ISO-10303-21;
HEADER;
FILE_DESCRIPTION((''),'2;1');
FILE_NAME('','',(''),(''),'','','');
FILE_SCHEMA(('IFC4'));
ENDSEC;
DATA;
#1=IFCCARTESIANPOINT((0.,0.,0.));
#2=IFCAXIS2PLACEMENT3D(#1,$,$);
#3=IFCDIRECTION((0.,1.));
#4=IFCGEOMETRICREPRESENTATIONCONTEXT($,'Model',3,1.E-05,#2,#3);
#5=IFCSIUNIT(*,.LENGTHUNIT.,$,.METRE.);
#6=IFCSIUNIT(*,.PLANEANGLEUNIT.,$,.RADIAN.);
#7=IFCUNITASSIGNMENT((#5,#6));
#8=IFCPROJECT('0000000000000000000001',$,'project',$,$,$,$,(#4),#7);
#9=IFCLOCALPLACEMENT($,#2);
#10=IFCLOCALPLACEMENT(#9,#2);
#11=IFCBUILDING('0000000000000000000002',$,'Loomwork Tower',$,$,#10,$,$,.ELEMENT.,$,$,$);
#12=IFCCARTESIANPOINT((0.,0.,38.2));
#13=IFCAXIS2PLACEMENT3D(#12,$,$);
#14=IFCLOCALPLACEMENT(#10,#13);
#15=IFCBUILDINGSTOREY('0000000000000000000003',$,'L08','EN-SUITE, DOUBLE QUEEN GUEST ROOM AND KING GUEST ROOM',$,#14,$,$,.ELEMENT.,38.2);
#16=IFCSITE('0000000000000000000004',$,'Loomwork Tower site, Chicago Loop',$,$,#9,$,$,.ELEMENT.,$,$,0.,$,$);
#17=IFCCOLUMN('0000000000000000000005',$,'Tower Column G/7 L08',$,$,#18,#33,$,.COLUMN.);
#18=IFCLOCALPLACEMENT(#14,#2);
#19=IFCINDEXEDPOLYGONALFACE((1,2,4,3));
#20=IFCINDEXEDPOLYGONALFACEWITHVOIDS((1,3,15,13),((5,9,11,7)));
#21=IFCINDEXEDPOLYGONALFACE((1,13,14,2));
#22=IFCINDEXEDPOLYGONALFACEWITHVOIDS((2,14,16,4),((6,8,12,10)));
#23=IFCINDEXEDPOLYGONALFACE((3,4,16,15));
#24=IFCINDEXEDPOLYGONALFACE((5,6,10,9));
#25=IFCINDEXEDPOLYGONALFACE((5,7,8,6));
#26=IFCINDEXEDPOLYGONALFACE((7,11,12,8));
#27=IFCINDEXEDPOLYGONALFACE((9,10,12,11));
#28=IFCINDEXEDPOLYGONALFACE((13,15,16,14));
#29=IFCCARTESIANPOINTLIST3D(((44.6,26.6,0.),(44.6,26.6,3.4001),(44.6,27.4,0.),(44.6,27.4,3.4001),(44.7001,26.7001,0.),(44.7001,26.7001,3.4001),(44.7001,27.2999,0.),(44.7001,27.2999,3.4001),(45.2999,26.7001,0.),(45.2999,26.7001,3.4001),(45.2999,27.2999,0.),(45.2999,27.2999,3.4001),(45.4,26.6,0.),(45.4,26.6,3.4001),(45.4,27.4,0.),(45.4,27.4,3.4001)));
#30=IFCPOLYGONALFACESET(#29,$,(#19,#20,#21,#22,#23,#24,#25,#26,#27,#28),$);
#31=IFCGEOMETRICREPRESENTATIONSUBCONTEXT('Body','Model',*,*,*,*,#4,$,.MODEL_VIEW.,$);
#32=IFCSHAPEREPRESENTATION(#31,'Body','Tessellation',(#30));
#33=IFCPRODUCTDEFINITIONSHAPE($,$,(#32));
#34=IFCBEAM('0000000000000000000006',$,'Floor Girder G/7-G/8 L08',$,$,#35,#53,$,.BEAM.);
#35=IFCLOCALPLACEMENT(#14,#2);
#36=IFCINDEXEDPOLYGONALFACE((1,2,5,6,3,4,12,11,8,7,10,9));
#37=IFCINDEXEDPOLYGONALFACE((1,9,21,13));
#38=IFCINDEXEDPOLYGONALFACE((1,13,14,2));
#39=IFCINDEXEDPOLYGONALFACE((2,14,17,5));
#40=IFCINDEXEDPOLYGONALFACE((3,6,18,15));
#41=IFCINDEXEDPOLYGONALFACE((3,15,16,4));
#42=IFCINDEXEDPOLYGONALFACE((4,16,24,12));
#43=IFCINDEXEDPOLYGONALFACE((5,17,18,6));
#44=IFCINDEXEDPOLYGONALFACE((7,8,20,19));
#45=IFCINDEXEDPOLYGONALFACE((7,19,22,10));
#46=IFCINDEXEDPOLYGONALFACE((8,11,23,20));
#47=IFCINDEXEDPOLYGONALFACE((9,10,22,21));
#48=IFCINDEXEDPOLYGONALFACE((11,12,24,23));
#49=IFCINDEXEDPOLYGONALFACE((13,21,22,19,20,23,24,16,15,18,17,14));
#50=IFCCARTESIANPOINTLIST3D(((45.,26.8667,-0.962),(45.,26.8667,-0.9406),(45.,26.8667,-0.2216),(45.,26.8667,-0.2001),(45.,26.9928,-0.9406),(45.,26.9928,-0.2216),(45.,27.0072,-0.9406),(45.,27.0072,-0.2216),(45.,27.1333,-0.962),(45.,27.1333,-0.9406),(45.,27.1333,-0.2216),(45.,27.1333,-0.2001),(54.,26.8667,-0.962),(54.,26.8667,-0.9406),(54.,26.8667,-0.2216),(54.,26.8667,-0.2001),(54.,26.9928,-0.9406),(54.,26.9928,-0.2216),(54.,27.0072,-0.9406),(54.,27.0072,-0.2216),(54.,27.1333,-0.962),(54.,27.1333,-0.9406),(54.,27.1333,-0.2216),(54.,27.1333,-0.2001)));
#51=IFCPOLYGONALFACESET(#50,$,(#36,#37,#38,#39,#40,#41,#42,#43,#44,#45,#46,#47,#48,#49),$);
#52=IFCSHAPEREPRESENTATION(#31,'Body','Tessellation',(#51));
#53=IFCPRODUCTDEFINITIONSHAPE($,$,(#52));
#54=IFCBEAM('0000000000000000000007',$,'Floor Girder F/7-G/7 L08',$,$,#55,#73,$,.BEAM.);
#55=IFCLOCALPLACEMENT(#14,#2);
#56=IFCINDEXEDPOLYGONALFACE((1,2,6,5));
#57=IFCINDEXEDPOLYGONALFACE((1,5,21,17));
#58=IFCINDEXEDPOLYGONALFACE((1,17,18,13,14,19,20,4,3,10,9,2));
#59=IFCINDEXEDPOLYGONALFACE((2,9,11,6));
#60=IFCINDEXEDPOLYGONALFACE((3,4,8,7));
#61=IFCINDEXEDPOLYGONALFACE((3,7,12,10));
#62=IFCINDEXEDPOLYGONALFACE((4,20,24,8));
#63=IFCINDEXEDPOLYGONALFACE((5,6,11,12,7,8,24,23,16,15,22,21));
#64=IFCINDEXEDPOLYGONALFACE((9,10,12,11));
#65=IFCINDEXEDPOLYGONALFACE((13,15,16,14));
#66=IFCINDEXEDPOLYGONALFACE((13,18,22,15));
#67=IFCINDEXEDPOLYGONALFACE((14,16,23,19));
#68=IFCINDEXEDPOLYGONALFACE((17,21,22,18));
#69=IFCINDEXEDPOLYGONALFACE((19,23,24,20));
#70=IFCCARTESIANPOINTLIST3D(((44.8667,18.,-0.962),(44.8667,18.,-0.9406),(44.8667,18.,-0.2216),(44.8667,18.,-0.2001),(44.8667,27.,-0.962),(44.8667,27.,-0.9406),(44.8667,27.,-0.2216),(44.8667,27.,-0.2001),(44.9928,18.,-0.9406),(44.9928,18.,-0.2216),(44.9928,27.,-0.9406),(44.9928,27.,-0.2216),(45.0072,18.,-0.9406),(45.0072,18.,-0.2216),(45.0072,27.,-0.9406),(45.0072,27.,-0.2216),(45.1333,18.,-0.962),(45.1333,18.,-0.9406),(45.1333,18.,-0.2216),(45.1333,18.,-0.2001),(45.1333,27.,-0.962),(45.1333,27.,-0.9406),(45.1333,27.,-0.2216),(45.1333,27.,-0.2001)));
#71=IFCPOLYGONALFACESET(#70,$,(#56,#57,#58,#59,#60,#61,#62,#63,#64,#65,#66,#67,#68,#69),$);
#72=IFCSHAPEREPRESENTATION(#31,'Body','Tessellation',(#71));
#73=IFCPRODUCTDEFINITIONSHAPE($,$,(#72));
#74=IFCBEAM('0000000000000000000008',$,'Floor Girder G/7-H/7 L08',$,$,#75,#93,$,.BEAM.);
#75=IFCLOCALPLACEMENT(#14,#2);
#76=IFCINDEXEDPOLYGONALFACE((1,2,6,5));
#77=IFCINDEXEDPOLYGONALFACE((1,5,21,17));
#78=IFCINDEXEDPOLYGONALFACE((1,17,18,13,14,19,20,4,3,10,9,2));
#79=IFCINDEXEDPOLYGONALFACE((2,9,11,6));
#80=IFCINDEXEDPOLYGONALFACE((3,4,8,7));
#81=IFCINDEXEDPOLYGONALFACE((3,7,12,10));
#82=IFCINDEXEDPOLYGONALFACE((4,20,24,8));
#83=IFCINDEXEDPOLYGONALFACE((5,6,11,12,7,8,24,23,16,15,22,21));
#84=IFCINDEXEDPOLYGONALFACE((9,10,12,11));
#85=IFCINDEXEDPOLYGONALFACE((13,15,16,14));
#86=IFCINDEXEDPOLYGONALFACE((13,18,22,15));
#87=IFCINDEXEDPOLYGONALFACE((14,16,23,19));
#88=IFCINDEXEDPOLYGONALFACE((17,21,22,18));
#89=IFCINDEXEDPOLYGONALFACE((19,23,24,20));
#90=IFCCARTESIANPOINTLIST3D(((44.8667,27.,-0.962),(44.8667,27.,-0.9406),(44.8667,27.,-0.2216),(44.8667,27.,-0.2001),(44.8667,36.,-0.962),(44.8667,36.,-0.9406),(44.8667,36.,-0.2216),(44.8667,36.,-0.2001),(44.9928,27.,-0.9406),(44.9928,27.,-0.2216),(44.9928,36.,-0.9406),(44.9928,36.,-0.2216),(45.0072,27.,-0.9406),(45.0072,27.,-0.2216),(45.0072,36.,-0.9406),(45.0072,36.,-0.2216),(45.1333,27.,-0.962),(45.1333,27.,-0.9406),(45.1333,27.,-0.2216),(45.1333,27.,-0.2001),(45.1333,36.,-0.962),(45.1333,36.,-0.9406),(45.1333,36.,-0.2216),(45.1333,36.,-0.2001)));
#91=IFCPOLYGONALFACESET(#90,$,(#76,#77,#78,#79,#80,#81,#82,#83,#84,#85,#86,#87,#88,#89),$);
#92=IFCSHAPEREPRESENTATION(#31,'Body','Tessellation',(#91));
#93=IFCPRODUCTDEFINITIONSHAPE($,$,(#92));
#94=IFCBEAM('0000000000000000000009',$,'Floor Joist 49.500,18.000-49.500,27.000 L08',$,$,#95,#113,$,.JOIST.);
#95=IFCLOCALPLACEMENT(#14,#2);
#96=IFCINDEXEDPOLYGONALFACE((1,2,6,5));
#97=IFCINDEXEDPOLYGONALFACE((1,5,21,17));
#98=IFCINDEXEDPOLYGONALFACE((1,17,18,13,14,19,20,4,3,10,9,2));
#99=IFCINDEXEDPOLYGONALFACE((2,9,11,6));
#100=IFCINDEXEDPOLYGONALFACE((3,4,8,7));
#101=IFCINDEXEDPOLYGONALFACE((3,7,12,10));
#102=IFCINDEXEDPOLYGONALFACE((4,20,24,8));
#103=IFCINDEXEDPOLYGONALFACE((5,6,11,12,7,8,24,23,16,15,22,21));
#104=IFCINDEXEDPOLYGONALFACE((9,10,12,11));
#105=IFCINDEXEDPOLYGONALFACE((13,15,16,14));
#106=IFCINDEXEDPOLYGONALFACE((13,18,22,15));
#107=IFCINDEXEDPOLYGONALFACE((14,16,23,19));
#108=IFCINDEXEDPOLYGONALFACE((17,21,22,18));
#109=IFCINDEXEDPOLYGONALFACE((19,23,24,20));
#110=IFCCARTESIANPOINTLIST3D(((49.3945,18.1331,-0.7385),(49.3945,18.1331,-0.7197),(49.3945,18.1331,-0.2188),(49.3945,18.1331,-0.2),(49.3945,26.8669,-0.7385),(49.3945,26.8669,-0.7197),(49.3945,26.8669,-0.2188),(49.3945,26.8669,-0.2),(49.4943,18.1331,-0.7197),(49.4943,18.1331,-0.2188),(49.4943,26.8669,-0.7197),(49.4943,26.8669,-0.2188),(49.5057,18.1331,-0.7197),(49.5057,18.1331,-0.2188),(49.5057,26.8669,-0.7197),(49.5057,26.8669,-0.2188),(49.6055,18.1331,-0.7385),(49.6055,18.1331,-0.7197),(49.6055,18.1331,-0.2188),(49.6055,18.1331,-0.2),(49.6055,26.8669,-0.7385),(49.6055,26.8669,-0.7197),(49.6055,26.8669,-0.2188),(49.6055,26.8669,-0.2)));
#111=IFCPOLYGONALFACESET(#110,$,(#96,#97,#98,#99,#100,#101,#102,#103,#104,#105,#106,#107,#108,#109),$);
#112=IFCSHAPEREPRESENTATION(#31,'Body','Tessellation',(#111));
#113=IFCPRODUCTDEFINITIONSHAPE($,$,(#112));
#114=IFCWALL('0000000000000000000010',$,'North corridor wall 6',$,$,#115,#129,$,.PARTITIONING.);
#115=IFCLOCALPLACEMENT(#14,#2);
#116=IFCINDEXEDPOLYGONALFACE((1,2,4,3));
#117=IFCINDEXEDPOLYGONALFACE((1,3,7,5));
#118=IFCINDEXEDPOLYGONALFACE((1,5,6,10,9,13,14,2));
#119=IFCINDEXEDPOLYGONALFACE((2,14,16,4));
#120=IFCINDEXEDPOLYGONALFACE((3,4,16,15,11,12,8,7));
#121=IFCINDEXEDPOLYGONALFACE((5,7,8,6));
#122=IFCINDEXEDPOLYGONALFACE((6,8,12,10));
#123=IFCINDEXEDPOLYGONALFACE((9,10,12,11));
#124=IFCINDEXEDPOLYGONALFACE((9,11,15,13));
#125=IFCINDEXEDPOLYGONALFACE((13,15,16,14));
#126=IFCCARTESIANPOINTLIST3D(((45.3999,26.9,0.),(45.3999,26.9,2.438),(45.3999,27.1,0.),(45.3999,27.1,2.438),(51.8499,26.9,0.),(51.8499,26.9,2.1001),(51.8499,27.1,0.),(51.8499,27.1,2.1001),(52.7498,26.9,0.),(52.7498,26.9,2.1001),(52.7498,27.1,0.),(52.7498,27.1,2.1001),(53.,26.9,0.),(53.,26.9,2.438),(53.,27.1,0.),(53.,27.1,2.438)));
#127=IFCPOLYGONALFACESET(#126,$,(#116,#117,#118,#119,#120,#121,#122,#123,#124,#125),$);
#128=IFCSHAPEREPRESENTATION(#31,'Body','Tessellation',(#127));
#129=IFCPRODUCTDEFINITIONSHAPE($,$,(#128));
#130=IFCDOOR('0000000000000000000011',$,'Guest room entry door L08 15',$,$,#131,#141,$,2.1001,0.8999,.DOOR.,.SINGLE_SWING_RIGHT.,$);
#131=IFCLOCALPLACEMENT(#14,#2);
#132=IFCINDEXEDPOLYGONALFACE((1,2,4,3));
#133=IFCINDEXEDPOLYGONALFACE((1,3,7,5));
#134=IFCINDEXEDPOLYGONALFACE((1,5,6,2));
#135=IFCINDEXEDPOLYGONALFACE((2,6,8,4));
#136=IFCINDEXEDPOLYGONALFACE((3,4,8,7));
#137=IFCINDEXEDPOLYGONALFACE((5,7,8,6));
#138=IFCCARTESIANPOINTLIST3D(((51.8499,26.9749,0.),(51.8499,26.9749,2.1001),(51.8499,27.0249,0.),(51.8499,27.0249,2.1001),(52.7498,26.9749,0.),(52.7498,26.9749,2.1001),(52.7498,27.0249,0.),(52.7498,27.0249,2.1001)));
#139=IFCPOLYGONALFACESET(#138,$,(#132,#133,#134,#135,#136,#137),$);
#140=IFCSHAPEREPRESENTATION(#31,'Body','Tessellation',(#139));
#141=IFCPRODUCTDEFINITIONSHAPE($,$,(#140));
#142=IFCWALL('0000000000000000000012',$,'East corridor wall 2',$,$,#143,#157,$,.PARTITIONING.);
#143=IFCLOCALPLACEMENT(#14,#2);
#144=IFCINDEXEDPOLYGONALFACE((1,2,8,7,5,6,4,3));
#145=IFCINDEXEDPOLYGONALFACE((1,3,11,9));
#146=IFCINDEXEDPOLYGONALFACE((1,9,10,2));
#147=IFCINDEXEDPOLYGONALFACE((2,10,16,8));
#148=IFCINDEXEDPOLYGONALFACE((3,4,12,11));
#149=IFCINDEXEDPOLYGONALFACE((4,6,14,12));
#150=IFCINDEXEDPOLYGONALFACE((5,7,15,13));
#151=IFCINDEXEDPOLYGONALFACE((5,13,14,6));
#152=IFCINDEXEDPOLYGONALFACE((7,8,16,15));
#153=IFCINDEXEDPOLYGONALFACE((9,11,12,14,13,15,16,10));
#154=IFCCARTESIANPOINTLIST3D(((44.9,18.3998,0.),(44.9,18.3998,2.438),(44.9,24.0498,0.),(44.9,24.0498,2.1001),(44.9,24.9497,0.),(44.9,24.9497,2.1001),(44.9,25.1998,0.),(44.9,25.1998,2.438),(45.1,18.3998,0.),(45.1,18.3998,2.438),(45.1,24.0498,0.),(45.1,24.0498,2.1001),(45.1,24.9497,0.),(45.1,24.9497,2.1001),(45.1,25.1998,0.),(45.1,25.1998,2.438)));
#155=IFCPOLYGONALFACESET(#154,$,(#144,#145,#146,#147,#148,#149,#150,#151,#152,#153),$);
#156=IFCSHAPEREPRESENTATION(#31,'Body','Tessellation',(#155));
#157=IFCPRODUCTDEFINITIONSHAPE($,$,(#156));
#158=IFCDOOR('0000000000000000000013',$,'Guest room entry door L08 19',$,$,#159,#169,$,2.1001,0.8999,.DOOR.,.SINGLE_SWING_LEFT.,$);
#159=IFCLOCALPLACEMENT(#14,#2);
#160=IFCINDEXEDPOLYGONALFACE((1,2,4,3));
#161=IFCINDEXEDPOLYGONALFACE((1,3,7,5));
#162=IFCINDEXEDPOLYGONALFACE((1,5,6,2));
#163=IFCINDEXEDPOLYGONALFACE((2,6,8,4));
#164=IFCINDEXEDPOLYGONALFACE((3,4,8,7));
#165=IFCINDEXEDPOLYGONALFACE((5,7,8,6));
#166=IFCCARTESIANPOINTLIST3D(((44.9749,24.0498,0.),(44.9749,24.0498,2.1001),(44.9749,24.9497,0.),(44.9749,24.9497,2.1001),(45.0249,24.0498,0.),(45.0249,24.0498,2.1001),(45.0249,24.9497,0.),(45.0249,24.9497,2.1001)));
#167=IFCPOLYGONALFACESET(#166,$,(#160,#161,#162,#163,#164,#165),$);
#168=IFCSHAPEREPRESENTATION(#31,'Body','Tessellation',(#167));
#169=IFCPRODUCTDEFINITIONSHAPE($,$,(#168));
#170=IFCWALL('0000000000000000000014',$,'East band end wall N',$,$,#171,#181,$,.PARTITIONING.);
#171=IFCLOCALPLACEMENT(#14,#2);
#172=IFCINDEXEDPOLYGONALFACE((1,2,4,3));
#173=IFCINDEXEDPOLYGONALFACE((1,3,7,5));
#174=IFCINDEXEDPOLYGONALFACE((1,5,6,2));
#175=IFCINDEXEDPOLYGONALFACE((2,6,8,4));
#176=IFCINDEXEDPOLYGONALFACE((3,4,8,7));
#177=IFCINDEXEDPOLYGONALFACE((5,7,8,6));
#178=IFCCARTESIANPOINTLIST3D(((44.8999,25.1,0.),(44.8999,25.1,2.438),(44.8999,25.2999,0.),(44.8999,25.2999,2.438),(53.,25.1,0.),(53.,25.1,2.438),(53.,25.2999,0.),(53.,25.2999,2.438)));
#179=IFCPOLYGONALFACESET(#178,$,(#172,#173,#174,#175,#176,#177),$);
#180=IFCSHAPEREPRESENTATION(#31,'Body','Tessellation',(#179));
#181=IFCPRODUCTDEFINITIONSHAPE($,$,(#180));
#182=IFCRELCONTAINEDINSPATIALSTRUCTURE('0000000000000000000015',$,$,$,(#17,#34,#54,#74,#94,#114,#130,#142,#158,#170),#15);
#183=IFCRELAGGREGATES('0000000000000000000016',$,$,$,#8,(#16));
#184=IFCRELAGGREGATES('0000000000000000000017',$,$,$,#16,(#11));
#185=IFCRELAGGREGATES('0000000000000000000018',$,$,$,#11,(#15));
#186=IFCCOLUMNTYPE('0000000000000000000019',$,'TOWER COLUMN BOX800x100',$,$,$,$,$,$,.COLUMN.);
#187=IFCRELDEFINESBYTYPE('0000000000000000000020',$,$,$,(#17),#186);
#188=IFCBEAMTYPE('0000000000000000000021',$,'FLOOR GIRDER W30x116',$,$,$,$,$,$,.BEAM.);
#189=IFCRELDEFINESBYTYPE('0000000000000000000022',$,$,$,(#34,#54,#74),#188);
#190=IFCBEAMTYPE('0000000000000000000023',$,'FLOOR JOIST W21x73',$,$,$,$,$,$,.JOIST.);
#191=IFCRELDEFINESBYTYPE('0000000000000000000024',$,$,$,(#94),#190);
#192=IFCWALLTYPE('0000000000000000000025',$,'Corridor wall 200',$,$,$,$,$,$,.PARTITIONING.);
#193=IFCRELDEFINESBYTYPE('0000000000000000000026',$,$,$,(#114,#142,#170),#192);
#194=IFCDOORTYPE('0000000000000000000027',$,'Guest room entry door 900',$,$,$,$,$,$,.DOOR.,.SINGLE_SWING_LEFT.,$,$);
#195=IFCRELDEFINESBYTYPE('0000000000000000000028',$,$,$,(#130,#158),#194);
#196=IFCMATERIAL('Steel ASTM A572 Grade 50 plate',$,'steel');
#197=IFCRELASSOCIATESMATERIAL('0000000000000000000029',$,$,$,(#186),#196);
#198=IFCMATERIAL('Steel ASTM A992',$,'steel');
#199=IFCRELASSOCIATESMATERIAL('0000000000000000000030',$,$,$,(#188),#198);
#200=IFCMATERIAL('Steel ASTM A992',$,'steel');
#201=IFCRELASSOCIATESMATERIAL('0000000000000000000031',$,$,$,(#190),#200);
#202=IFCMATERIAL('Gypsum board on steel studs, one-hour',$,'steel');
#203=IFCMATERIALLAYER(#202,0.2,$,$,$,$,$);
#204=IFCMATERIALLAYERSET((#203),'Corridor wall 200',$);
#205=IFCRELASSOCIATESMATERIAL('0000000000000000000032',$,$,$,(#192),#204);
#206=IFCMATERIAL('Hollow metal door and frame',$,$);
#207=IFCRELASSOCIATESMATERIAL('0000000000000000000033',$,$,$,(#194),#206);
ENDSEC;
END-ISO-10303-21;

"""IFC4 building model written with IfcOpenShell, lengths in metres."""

from ifc_helpers import new_model, si_unit, direction, frame, frame_2d, origin, origin_2d, place, context, subcontext, project, spatial, rectangle, hollow_rectangle, i_section, extrude, material, layer, layer_set, material_profile, profile_set, type_object, element, fill, save


model = new_model("IFC4")

# Units and contexts
model_context = context("Model", 3, precision=1e-05, world=origin(), true_north=direction((0.0, 1.0)))
body_context = subcontext(model_context, "Body", "Model", "MODEL_VIEW")
ifc_project = project(units=[si_unit("LENGTHUNIT", "METRE"), si_unit("PLANEANGLEUNIT", "RADIAN")], contexts=[model_context])

# Site, building, storey
site_placement = place(None, origin())
site = spatial("IfcSite", under=ifc_project, at=site_placement, Name="Loomwork Tower site, Chicago Loop", CompositionType="ELEMENT", RefElevation=0.0)
building_placement = place(site_placement, origin())
building = spatial("IfcBuilding", under=site, at=building_placement, Name="Loomwork Tower", CompositionType="ELEMENT")
storey_placement = place(building_placement, frame((0.0, 0.0, 38.2)))
storey = spatial("IfcBuildingStorey", under=building, at=storey_placement, Name="L08", Description="EN-SUITE, DOUBLE QUEEN GUEST ROOM AND KING GUEST ROOM", CompositionType="ELEMENT", Elevation=38.2)

# Column
ifc_material_1 = material(Name="Steel ASTM A572 Grade 50 plate", Category="steel")
ifc_material_profile_1 = material_profile(ifc_material_1, hollow_rectangle(XDim=0.8, YDim=0.8, WallThickness=0.1001, at=origin_2d()), Name="BOX800x100")
ifc_profile_set_1 = profile_set([ifc_material_profile_1], Name="Steel ASTM A572 Grade 50 plate")
column_type = type_object("IfcColumnType", Name="TOWER COLUMN BOX800x100", PredefinedType="COLUMN", material=ifc_profile_set_1)
column_placement = place(storey_placement, frame((45.0, 27.0, 0.0), z_axis=(0.0, 0.0, 1.0), x_axis=(0.0, 1.0, 0.0)))
element("IfcColumn", 1, at=column_placement, inside=storey, type_object=column_type, Name="Tower Column G/7 L08", PredefinedType="COLUMN", context=body_context, shape_type="SweptSolid", body=[
    extrude(hollow_rectangle(XDim=0.8, YDim=0.8, WallThickness=0.1001, at=origin_2d()), origin(), (0.0, 0.0, 1.0), 3.4001),
])

# Beams
ifc_material_2 = material(Name="Steel ASTM A992", Category="steel")
ifc_material_profile_2 = material_profile(ifc_material_2, i_section(OverallWidth=0.2666, OverallDepth=0.762, WebThickness=0.0144, FlangeThickness=0.0215, at=origin_2d()), Name="W30x116")
ifc_profile_set_2 = profile_set([ifc_material_profile_2], Name="Steel ASTM A992")
beam_type_1 = type_object("IfcBeamType", Name="FLOOR GIRDER W30x116", PredefinedType="BEAM", material=ifc_profile_set_2)
for number, where, z_axis, x_axis, name in (
    (2, (45.0, 27.0, -0.5811), (1.0, 0.0, 0.0), (0.0, 1.0, 0.0), "Floor Girder G/7-G/8 L08"),
    (3, (45.0, 18.0, -0.5811), (0.0, 1.0, 0.0), (-1.0, 0.0, 0.0), "Floor Girder F/7-G/7 L08"),
    (4, (45.0, 27.0, -0.5811), (0.0, 1.0, 0.0), (-1.0, 0.0, 0.0), "Floor Girder G/7-H/7 L08"),
):
    element("IfcBeam", number, at=place(storey_placement, frame(where, z_axis=z_axis, x_axis=x_axis)), inside=storey, type_object=beam_type_1, Name=name, PredefinedType="BEAM", context=body_context, shape_type="SweptSolid", body=[
        extrude(i_section(OverallWidth=0.2666, OverallDepth=0.762, WebThickness=0.0144, FlangeThickness=0.0215, at=origin_2d()), origin(), (0.0, 0.0, 1.0), 9.0),
    ])
ifc_material_3 = material(Name="Steel ASTM A992", Category="steel")
ifc_material_profile_3 = material_profile(ifc_material_3, i_section(OverallWidth=0.2109, OverallDepth=0.5386, WebThickness=0.0115, FlangeThickness=0.0188, at=origin_2d()), Name="W21x73")
ifc_profile_set_3 = profile_set([ifc_material_profile_3], Name="Steel ASTM A992")
beam_type_2 = type_object("IfcBeamType", Name="FLOOR JOIST W21x73", PredefinedType="JOIST", material=ifc_profile_set_3)
beam_placement = place(storey_placement, frame((49.5, 18.1331, -0.4692), z_axis=(0.0, 1.0, 0.0), x_axis=(-1.0, 0.0, 0.0)))
element("IfcBeam", 5, at=beam_placement, inside=storey, type_object=beam_type_2, Name="Floor Joist 49.500,18.000-49.500,27.000 L08", PredefinedType="JOIST", context=body_context, shape_type="SweptSolid", body=[
    extrude(i_section(OverallWidth=0.2109, OverallDepth=0.5386, WebThickness=0.0115, FlangeThickness=0.0188, at=origin_2d()), origin(), (0.0, 0.0, 1.0), 8.7339),
])

# Walls, openings, doors
ifc_material_4 = material(Name="Gypsum board on steel studs, one-hour", Category="steel")
ifc_layer_1 = layer(ifc_material_4, 0.2)
ifc_layer_set_1 = layer_set([ifc_layer_1], Name="Corridor wall 200")
wall_type_1 = type_object("IfcWallType", Name="Corridor wall 200", PredefinedType="PARTITIONING", material=ifc_layer_set_1)
wall_1_placement = place(storey_placement, frame((45.3999, 27.0, 0.0), z_axis=(0.0, 0.0, 1.0), x_axis=(1.0, 0.0, 0.0)))
wall_1 = element("IfcWall", 6, at=wall_1_placement, inside=storey, type_object=wall_type_1, Name="North corridor wall 6", PredefinedType="PARTITIONING", context=body_context, shape_type="SweptSolid", body=[
    extrude(rectangle(XDim=7.6001, YDim=0.2, at=frame_2d((3.8, 0.0))), origin(), (0.0, 0.0, 1.0), 2.438),
])
opening_1_placement = place(wall_1_placement, frame((6.45, 0.0, 0.0)))
opening_1 = element("IfcOpeningElement", 7, at=opening_1_placement, cuts=wall_1, PredefinedType="OPENING", context=body_context, shape_type="SweptSolid", body=[
    extrude(rectangle(XDim=0.8999, YDim=2.1001, at=frame_2d((0.45, 1.05))), frame((0.0, 0.1099, 0.0), z_axis=(0.0, -1.0, 0.0), x_axis=(1.0, 0.0, 0.0)), (0.0, 0.0, 1.0), 0.22),
])
ifc_material_5 = material(Name="Hollow metal door and frame")
door_type_1 = type_object("IfcDoorType", Name="Guest room entry door 900", OperationType="SINGLE_SWING_LEFT", PredefinedType="DOOR", material=ifc_material_5)
door_1_placement = place(opening_1_placement, origin())
door_1 = element("IfcDoor", 8, at=door_1_placement, inside=storey, type_object=door_type_1, Name="Guest room entry door L08 15", OperationType="SINGLE_SWING_RIGHT", OverallHeight=2.1001, OverallWidth=0.8999, PredefinedType="DOOR", context=body_context, shape_type="SweptSolid", body=[
    extrude(rectangle(XDim=0.8999, YDim=2.1001, at=frame_2d((0.45, 1.05))), frame((0.0, 0.0249, 0.0), z_axis=(0.0, -1.0, 0.0), x_axis=(1.0, 0.0, 0.0)), (0.0, 0.0, 1.0), 0.05),
])
fill(opening_1, door_1)
wall_2_placement = place(storey_placement, frame((45.0, 18.3999, 0.0), z_axis=(0.0, 0.0, 1.0), x_axis=(0.0, 1.0, 0.0)))
wall_2 = element("IfcWall", 9, at=wall_2_placement, inside=storey, type_object=wall_type_1, Name="East corridor wall 2", PredefinedType="PARTITIONING", context=body_context, shape_type="SweptSolid", body=[
    extrude(rectangle(XDim=6.8, YDim=0.2, at=frame_2d((3.3999, 0.0))), origin(), (0.0, 0.0, 1.0), 2.438),
])
opening_2_placement = place(wall_2_placement, frame((5.6499, 0.0, 0.0)))
opening_2 = element("IfcOpeningElement", 10, at=opening_2_placement, cuts=wall_2, PredefinedType="OPENING", context=body_context, shape_type="SweptSolid", body=[
    extrude(rectangle(XDim=0.8999, YDim=2.1001, at=frame_2d((0.45, 1.05))), frame((0.0, 0.1099, 0.0), z_axis=(0.0, -1.0, 0.0), x_axis=(1.0, 0.0, 0.0)), (0.0, 0.0, 1.0), 0.22),
])
door_2_placement = place(opening_2_placement, frame((0.8999, 0.0, 0.0), z_axis=(0.0, 0.0, 1.0), x_axis=(-1.0, 0.0, 0.0)))
door_2 = element("IfcDoor", 11, at=door_2_placement, inside=storey, type_object=door_type_1, Name="Guest room entry door L08 19", OperationType="SINGLE_SWING_LEFT", OverallHeight=2.1001, OverallWidth=0.8999, PredefinedType="DOOR", context=body_context, shape_type="SweptSolid", body=[
    extrude(rectangle(XDim=0.8999, YDim=2.1001, at=frame_2d((0.45, 1.05))), frame((0.0, 0.0249, 0.0), z_axis=(0.0, -1.0, 0.0), x_axis=(1.0, 0.0, 0.0)), (0.0, 0.0, 1.0), 0.05),
])
fill(opening_2, door_2)

# Wall
wall_3_placement = place(storey_placement, frame((44.8999, 25.2, 0.0), z_axis=(0.0, 0.0, 1.0), x_axis=(1.0, 0.0, 0.0)))
element("IfcWall", 12, at=wall_3_placement, inside=storey, type_object=wall_type_1, Name="East band end wall N", PredefinedType="PARTITIONING", context=body_context, shape_type="SweptSolid", body=[
    extrude(rectangle(XDim=8.1001, YDim=0.2, at=frame_2d((4.05, 0.0))), origin(), (0.0, 0.0, 1.0), 2.438),
])

save(model, "model.ifc")
